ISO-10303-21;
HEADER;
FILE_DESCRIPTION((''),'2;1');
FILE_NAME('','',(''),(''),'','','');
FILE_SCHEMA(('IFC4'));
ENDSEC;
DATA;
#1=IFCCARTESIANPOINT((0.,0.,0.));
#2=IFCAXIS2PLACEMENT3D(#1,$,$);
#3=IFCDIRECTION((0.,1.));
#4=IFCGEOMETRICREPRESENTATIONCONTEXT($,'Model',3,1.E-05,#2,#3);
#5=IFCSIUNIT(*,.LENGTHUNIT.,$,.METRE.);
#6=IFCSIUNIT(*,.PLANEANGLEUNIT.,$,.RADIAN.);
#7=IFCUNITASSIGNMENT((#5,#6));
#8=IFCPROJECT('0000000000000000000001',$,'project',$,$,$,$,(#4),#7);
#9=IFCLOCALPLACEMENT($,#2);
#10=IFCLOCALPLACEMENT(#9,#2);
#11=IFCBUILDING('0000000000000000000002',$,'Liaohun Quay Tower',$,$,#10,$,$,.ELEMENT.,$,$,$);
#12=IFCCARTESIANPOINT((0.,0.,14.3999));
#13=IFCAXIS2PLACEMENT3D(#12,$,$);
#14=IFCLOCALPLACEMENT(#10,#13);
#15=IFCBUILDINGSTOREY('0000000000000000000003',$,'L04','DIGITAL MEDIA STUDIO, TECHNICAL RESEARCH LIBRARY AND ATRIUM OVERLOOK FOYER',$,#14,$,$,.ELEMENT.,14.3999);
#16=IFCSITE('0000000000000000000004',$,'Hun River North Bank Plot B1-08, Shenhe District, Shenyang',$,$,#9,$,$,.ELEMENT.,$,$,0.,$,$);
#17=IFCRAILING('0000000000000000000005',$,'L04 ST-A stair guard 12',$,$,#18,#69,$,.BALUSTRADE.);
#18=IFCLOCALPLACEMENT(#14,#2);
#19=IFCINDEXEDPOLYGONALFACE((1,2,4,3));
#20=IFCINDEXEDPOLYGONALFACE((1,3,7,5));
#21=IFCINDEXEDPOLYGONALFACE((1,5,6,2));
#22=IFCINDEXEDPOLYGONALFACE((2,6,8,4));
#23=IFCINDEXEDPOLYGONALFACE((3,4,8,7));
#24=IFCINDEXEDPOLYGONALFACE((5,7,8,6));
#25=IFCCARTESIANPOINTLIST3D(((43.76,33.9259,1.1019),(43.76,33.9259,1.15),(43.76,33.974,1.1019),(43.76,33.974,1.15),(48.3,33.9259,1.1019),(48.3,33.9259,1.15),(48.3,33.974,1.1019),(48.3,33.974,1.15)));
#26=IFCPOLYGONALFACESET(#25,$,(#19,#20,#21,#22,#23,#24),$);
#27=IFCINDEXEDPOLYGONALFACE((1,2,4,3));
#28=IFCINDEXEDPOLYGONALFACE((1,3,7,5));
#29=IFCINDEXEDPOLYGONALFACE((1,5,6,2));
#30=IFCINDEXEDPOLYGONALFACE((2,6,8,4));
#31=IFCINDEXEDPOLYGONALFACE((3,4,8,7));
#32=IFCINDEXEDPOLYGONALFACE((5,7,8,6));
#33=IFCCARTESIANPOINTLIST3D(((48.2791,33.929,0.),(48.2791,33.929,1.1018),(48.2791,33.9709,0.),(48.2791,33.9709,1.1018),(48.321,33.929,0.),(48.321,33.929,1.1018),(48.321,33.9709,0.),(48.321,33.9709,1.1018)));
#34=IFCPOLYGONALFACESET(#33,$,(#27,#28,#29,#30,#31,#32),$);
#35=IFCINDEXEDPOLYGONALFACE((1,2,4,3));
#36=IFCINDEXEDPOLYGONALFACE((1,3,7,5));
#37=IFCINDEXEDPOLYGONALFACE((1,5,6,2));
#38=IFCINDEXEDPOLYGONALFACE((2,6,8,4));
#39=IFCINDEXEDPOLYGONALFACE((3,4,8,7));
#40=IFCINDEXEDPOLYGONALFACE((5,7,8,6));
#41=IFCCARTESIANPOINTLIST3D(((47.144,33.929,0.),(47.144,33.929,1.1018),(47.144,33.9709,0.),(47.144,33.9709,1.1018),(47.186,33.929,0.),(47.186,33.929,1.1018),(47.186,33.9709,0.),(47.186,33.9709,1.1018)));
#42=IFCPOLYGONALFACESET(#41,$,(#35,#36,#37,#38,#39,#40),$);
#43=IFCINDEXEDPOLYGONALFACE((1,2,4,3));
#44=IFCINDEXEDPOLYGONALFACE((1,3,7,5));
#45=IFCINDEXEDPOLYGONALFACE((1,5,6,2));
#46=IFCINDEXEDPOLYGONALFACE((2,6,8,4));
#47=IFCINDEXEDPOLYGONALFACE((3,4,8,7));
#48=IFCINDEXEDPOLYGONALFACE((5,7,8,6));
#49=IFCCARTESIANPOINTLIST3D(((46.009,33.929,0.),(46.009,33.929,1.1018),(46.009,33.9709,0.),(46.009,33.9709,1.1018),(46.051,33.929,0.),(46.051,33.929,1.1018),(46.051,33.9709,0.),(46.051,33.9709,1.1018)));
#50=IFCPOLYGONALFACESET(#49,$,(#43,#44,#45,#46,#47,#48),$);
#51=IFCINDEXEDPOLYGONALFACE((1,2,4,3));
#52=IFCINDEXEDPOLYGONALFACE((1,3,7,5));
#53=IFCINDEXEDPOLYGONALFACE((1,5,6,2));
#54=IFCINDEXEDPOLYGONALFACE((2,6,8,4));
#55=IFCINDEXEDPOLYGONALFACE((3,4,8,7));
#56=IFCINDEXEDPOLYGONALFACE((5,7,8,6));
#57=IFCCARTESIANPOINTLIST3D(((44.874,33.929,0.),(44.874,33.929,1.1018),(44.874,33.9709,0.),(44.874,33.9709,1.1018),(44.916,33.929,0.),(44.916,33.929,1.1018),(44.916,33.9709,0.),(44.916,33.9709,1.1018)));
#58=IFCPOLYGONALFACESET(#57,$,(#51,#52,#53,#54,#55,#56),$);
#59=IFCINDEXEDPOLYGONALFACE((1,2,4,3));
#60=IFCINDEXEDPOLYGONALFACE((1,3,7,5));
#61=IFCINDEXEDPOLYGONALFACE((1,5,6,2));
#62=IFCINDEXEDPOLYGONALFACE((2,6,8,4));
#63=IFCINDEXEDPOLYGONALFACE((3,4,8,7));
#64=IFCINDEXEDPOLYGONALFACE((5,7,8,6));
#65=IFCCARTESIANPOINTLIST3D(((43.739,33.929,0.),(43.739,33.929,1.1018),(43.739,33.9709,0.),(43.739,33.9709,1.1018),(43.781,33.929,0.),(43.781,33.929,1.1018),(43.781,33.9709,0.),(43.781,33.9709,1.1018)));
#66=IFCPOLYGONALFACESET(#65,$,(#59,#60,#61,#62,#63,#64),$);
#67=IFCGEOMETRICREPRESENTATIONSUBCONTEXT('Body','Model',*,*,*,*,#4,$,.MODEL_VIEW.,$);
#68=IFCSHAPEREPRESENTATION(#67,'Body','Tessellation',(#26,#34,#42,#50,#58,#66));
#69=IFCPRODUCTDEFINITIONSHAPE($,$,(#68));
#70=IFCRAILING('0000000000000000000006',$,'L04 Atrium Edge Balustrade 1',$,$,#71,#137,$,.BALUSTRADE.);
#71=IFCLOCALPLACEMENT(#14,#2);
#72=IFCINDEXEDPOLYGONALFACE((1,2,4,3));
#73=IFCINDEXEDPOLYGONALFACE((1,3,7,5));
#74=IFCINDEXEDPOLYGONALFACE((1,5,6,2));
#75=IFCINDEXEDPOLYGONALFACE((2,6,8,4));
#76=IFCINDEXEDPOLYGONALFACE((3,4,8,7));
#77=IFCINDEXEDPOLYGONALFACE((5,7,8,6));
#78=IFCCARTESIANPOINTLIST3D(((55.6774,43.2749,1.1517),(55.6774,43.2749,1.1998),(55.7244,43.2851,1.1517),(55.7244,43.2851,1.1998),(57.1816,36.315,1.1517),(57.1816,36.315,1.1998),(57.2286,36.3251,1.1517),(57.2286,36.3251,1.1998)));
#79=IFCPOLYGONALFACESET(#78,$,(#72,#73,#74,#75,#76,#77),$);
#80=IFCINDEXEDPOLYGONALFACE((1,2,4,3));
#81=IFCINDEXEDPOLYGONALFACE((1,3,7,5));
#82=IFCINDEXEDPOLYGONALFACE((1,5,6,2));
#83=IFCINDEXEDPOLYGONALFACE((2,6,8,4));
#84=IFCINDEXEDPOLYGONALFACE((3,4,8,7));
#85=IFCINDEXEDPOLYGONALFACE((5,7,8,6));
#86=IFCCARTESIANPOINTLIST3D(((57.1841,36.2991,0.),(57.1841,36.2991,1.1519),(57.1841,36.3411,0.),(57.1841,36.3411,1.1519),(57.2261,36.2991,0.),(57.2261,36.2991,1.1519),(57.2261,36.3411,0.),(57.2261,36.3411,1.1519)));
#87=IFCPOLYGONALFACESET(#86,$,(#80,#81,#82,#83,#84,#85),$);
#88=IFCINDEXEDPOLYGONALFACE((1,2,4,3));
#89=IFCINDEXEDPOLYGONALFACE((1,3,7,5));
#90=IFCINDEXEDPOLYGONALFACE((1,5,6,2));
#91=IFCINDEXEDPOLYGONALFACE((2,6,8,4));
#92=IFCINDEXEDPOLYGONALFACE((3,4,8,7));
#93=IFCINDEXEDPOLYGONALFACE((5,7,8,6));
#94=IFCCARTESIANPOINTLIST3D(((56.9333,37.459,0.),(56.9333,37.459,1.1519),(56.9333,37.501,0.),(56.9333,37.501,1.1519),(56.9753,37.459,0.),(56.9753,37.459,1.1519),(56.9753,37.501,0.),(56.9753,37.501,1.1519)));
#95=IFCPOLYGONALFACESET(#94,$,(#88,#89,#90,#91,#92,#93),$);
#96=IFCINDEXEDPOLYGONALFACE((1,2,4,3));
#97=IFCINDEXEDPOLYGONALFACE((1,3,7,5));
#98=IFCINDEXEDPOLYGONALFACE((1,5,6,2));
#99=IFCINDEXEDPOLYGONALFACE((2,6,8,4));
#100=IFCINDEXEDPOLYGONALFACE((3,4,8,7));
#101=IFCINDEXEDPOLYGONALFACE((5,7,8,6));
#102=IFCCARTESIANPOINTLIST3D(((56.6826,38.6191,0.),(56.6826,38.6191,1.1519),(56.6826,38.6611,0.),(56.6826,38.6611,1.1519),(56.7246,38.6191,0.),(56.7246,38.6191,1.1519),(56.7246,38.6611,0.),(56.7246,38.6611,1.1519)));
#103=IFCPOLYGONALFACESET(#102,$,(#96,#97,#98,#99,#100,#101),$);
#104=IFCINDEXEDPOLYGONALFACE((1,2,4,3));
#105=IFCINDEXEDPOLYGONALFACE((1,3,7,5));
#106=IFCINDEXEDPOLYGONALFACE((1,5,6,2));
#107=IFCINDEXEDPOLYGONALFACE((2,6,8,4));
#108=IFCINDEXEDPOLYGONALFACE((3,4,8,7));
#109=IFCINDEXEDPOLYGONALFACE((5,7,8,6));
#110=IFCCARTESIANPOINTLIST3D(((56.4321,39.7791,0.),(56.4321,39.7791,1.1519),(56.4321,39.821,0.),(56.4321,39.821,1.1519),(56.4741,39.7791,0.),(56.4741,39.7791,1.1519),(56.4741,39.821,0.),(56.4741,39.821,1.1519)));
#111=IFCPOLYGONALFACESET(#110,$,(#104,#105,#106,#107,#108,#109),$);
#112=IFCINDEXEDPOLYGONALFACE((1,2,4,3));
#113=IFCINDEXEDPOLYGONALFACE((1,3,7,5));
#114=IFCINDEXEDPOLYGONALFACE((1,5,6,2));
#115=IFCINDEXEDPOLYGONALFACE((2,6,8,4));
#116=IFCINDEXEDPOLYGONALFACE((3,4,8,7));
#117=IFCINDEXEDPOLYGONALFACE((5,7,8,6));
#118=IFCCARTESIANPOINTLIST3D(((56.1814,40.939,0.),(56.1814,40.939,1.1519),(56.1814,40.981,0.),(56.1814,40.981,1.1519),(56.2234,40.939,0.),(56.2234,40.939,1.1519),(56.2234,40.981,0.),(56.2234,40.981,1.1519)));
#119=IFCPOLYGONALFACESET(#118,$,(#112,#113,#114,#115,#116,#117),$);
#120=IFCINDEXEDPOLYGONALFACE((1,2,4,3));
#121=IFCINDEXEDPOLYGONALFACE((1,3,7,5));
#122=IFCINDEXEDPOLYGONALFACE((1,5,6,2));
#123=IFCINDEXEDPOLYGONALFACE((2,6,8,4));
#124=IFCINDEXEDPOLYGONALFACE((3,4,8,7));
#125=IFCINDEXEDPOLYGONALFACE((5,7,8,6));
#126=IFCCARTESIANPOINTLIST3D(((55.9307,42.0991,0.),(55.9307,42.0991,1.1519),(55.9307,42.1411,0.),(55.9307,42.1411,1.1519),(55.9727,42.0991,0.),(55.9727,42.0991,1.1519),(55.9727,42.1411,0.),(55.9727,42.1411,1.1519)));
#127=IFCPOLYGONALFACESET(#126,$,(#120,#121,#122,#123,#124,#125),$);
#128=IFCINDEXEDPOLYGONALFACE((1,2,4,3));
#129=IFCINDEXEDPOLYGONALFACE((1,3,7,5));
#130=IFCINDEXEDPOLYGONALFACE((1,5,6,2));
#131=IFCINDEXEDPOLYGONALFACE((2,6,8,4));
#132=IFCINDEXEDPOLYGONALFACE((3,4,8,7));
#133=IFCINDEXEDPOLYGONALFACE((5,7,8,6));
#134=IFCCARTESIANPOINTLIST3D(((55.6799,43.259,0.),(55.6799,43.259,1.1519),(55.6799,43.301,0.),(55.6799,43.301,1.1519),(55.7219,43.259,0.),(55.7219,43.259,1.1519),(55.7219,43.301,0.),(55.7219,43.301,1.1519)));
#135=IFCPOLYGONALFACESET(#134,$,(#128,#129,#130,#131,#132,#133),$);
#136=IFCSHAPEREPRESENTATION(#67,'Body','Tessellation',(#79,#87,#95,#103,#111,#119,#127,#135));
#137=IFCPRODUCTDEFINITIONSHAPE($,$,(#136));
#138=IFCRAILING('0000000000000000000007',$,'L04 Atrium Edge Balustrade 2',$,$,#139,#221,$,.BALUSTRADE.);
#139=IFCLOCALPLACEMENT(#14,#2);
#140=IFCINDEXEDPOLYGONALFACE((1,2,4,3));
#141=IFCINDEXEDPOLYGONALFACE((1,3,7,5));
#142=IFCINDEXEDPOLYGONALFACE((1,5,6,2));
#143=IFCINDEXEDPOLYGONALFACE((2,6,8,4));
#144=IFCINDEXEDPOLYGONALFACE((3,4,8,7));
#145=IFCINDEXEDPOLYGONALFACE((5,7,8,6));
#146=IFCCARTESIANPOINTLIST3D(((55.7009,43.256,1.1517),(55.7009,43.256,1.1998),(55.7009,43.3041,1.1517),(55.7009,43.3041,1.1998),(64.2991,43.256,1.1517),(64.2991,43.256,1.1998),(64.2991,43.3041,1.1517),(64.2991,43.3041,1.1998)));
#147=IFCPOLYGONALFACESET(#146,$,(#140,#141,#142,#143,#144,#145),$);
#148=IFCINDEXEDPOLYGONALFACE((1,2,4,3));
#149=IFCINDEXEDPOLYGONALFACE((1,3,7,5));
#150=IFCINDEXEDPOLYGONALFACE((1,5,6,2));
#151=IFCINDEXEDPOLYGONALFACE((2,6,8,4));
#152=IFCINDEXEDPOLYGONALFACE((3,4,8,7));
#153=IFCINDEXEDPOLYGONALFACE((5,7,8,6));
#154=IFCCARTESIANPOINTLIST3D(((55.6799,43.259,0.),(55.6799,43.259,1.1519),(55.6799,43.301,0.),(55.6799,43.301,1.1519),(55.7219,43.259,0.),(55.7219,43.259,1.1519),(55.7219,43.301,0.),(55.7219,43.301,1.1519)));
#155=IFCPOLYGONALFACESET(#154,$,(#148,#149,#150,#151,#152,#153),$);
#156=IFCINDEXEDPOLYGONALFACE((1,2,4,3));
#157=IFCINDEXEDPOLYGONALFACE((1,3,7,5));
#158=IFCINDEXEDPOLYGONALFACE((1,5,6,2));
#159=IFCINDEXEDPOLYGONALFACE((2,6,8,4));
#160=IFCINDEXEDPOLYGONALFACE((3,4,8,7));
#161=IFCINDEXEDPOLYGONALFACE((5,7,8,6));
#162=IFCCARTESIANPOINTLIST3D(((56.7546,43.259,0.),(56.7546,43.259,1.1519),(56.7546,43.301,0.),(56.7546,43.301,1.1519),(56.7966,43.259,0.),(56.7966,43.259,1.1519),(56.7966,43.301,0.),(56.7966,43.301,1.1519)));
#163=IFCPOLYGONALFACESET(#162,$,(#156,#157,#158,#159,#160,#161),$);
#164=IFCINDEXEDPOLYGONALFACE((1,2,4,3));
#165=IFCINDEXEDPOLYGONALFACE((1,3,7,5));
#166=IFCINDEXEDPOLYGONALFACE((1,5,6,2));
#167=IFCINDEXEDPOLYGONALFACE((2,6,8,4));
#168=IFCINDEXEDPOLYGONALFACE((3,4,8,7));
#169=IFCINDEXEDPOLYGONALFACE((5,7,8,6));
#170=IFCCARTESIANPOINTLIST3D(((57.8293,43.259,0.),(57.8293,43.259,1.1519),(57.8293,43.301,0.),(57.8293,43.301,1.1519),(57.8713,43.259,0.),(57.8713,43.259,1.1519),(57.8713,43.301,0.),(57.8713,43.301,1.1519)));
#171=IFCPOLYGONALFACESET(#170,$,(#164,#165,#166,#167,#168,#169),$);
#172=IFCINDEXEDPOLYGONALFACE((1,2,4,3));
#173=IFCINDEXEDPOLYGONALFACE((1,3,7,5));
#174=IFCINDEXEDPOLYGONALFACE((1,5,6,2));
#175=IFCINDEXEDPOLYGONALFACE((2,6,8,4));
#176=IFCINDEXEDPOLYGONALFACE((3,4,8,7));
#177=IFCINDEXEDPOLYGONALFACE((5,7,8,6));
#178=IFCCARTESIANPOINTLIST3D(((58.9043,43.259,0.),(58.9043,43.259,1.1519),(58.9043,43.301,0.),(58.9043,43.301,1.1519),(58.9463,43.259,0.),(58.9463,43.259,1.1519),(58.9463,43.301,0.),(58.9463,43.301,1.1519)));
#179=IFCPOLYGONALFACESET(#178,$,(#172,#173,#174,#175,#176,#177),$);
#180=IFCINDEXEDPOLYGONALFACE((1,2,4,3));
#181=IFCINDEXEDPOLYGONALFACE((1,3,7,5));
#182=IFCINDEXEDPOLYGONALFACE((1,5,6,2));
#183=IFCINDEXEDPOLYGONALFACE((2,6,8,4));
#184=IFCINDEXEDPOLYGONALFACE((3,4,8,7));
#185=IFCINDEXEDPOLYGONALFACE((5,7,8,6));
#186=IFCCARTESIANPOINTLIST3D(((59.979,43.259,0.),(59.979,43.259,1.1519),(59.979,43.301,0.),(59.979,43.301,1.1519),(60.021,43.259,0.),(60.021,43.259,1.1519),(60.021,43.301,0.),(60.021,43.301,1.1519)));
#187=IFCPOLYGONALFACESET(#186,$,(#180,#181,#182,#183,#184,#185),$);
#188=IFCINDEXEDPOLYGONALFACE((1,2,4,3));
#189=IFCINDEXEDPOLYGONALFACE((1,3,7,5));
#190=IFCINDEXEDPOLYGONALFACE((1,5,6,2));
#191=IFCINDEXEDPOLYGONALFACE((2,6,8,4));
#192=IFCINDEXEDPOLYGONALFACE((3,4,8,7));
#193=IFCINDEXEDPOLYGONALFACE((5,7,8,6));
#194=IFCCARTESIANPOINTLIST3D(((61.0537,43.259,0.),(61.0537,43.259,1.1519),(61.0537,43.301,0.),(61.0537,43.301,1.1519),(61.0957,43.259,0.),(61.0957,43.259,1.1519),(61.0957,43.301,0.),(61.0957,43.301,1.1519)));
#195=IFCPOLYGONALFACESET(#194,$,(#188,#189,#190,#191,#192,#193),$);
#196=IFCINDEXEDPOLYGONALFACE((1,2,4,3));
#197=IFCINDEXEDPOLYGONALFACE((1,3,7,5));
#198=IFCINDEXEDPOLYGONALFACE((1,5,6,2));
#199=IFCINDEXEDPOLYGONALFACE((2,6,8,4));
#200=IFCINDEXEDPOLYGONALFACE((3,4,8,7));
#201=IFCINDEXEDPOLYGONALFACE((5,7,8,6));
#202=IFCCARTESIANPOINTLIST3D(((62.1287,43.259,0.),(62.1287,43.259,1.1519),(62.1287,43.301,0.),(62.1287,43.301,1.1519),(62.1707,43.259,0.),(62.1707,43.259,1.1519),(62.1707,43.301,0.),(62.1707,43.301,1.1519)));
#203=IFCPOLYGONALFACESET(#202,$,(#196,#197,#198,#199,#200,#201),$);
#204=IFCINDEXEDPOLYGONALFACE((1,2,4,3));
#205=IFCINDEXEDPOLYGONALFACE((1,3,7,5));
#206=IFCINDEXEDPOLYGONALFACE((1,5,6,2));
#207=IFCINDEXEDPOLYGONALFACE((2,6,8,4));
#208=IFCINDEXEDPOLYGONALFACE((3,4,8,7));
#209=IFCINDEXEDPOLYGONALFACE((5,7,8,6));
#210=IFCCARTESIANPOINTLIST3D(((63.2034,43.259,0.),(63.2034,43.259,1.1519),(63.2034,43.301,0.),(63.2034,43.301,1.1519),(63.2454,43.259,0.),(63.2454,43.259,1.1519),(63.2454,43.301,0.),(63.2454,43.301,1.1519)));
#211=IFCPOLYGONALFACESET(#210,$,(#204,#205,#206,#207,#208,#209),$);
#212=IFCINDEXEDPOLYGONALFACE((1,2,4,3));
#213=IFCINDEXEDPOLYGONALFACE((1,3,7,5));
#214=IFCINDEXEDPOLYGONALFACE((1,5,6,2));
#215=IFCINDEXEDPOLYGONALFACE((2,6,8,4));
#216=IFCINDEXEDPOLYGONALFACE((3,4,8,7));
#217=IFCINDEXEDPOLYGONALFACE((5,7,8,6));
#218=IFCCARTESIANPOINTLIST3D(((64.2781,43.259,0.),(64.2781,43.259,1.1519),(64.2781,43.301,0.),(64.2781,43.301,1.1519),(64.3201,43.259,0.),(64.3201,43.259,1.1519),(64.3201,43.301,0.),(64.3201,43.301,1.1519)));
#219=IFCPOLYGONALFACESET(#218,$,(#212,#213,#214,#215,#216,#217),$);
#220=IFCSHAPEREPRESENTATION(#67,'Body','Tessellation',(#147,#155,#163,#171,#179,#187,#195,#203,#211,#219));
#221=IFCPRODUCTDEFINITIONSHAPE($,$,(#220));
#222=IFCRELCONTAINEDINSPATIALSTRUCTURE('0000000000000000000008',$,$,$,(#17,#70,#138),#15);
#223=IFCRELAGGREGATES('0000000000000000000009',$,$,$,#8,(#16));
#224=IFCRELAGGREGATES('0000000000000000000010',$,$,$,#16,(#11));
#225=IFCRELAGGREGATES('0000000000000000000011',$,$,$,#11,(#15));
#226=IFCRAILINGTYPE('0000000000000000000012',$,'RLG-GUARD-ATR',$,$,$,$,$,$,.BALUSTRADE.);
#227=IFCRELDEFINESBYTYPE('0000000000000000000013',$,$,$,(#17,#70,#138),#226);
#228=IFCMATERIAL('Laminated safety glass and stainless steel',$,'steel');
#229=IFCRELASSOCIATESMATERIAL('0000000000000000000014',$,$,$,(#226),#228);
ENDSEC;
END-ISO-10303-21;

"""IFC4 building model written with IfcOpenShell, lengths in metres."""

from ifc_helpers import new_model, si_unit, direction, frame, origin, origin_2d, place, context, subcontext, project, spatial, rectangle, extrude, material, type_object, element, save


model = new_model("IFC4")

# Units and contexts
model_context = context("Model", 3, precision=1e-05, world=origin(), true_north=direction((0.0, 1.0)))
body_context = subcontext(model_context, "Body", "Model", "MODEL_VIEW")
ifc_project = project(units=[si_unit("LENGTHUNIT", "METRE"), si_unit("PLANEANGLEUNIT", "RADIAN")], contexts=[model_context])

# Site, building, storey
site_placement = place(None, origin())
site = spatial("IfcSite", under=ifc_project, at=site_placement, Name="Hun River North Bank Plot B1-08, Shenhe District, Shenyang", CompositionType="ELEMENT", RefElevation=0.0)
building_placement = place(site_placement, origin())
building = spatial("IfcBuilding", under=site, at=building_placement, Name="Liaohun Quay Tower", CompositionType="ELEMENT")
storey_placement = place(building_placement, frame((0.0, 0.0, 14.3999)))
storey = spatial("IfcBuildingStorey", under=building, at=storey_placement, Name="L04", Description="DIGITAL MEDIA STUDIO, TECHNICAL RESEARCH LIBRARY AND ATRIUM OVERLOOK FOYER", CompositionType="ELEMENT", Elevation=14.3999)

# Railings
ifc_material_1 = material(Name="Laminated safety glass and stainless steel", Category="steel")
railing_type = type_object("IfcRailingType", Name="RLG-GUARD-ATR", PredefinedType="BALUSTRADE", material=ifc_material_1)
railing_1_placement = place(storey_placement, frame((48.3, 33.95, 0.0)))
element("IfcRailing", 1, at=railing_1_placement, inside=storey, type_object=railing_type, Name="L04 ST-A stair guard 12", PredefinedType="BALUSTRADE", context=body_context, shape_type="SweptSolid", body=[
    extrude(rectangle(XDim=0.0481, YDim=0.0481, at=origin_2d()), frame((0.0, 0.0, 1.126), z_axis=(-1.0, 0.0, 0.0), x_axis=(0.0, -1.0, 0.0)), (0.0, 0.0, 1.0), 4.54),
    extrude(rectangle(XDim=0.042, YDim=0.042, at=origin_2d()), origin(), (0.0, 0.0, 1.0), 1.1018),
    extrude(rectangle(XDim=0.042, YDim=0.042, at=origin_2d()), frame((-1.135, 0.0, 0.0)), (0.0, 0.0, 1.0), 1.1018),
    extrude(rectangle(XDim=0.042, YDim=0.042, at=origin_2d()), frame((-2.27, 0.0, 0.0)), (0.0, 0.0, 1.0), 1.1018),
    extrude(rectangle(XDim=0.042, YDim=0.042, at=origin_2d()), frame((-3.405, 0.0, 0.0)), (0.0, 0.0, 1.0), 1.1018),
    extrude(rectangle(XDim=0.042, YDim=0.042, at=origin_2d()), frame((-4.54, 0.0, 0.0)), (0.0, 0.0, 1.0), 1.1018),
])
railing_2_placement = place(storey_placement, frame((57.2051, 36.3201, 0.0)))
element("IfcRailing", 2, at=railing_2_placement, inside=storey, type_object=railing_type, Name="L04 Atrium Edge Balustrade 1", PredefinedType="BALUSTRADE", context=body_context, shape_type="SweptSolid", body=[
    extrude(rectangle(XDim=0.0481, YDim=0.0481, at=origin_2d()), frame((0.0, 0.0, 1.1758), z_axis=(-0.211238, 0.977435, 0.0), x_axis=(-0.977435, -0.211238, 0.0)), (0.0, 0.0, 1.0), 7.1206),
    extrude(rectangle(XDim=0.042, YDim=0.042, at=origin_2d()), origin(), (0.0, 0.0, 1.0), 1.1519),
    extrude(rectangle(XDim=0.042, YDim=0.042, at=origin_2d()), frame((-0.2507, 1.1599, 0.0)), (0.0, 0.0, 1.0), 1.1519),
    extrude(rectangle(XDim=0.042, YDim=0.042, at=origin_2d()), frame((-0.5015, 2.3201, 0.0)), (0.0, 0.0, 1.0), 1.1519),
    extrude(rectangle(XDim=0.042, YDim=0.042, at=origin_2d()), frame((-0.752, 3.48, 0.0)), (0.0, 0.0, 1.0), 1.1519),
    extrude(rectangle(XDim=0.042, YDim=0.042, at=origin_2d()), frame((-1.0027, 4.6399, 0.0)), (0.0, 0.0, 1.0), 1.1519),
    extrude(rectangle(XDim=0.042, YDim=0.042, at=origin_2d()), frame((-1.2534, 5.8, 0.0)), (0.0, 0.0, 1.0), 1.1519),
    extrude(rectangle(XDim=0.042, YDim=0.042, at=origin_2d()), frame((-1.5042, 6.96, 0.0)), (0.0, 0.0, 1.0), 1.1519),
])
railing_3_placement = place(storey_placement, frame((55.7009, 43.28, 0.0)))
element("IfcRailing", 3, at=railing_3_placement, inside=storey, type_object=railing_type, Name="L04 Atrium Edge Balustrade 2", PredefinedType="BALUSTRADE", context=body_context, shape_type="SweptSolid", body=[
    extrude(rectangle(XDim=0.0481, YDim=0.0481, at=origin_2d()), frame((0.0, 0.0, 1.1758), z_axis=(1.0, 0.0, 0.0), x_axis=(0.0, 1.0, 0.0)), (0.0, 0.0, 1.0), 8.5981),
    extrude(rectangle(XDim=0.042, YDim=0.042, at=origin_2d()), origin(), (0.0, 0.0, 1.0), 1.1519),
    extrude(rectangle(XDim=0.042, YDim=0.042, at=origin_2d()), frame((1.0747, 0.0, 0.0)), (0.0, 0.0, 1.0), 1.1519),
    extrude(rectangle(XDim=0.042, YDim=0.042, at=origin_2d()), frame((2.1494, 0.0, 0.0)), (0.0, 0.0, 1.0), 1.1519),
    extrude(rectangle(XDim=0.042, YDim=0.042, at=origin_2d()), frame((3.2244, 0.0, 0.0)), (0.0, 0.0, 1.0), 1.1519),
    extrude(rectangle(XDim=0.042, YDim=0.042, at=origin_2d()), frame((4.2991, 0.0, 0.0)), (0.0, 0.0, 1.0), 1.1519),
    extrude(rectangle(XDim=0.042, YDim=0.042, at=origin_2d()), frame((5.3738, 0.0, 0.0)), (0.0, 0.0, 1.0), 1.1519),
    extrude(rectangle(XDim=0.042, YDim=0.042, at=origin_2d()), frame((6.4487, 0.0, 0.0)), (0.0, 0.0, 1.0), 1.1519),
    extrude(rectangle(XDim=0.042, YDim=0.042, at=origin_2d()), frame((7.5234, 0.0, 0.0)), (0.0, 0.0, 1.0), 1.1519),
    extrude(rectangle(XDim=0.042, YDim=0.042, at=origin_2d()), frame((8.5981, 0.0, 0.0)), (0.0, 0.0, 1.0), 1.1519),
])

save(model, "model.ifc")
